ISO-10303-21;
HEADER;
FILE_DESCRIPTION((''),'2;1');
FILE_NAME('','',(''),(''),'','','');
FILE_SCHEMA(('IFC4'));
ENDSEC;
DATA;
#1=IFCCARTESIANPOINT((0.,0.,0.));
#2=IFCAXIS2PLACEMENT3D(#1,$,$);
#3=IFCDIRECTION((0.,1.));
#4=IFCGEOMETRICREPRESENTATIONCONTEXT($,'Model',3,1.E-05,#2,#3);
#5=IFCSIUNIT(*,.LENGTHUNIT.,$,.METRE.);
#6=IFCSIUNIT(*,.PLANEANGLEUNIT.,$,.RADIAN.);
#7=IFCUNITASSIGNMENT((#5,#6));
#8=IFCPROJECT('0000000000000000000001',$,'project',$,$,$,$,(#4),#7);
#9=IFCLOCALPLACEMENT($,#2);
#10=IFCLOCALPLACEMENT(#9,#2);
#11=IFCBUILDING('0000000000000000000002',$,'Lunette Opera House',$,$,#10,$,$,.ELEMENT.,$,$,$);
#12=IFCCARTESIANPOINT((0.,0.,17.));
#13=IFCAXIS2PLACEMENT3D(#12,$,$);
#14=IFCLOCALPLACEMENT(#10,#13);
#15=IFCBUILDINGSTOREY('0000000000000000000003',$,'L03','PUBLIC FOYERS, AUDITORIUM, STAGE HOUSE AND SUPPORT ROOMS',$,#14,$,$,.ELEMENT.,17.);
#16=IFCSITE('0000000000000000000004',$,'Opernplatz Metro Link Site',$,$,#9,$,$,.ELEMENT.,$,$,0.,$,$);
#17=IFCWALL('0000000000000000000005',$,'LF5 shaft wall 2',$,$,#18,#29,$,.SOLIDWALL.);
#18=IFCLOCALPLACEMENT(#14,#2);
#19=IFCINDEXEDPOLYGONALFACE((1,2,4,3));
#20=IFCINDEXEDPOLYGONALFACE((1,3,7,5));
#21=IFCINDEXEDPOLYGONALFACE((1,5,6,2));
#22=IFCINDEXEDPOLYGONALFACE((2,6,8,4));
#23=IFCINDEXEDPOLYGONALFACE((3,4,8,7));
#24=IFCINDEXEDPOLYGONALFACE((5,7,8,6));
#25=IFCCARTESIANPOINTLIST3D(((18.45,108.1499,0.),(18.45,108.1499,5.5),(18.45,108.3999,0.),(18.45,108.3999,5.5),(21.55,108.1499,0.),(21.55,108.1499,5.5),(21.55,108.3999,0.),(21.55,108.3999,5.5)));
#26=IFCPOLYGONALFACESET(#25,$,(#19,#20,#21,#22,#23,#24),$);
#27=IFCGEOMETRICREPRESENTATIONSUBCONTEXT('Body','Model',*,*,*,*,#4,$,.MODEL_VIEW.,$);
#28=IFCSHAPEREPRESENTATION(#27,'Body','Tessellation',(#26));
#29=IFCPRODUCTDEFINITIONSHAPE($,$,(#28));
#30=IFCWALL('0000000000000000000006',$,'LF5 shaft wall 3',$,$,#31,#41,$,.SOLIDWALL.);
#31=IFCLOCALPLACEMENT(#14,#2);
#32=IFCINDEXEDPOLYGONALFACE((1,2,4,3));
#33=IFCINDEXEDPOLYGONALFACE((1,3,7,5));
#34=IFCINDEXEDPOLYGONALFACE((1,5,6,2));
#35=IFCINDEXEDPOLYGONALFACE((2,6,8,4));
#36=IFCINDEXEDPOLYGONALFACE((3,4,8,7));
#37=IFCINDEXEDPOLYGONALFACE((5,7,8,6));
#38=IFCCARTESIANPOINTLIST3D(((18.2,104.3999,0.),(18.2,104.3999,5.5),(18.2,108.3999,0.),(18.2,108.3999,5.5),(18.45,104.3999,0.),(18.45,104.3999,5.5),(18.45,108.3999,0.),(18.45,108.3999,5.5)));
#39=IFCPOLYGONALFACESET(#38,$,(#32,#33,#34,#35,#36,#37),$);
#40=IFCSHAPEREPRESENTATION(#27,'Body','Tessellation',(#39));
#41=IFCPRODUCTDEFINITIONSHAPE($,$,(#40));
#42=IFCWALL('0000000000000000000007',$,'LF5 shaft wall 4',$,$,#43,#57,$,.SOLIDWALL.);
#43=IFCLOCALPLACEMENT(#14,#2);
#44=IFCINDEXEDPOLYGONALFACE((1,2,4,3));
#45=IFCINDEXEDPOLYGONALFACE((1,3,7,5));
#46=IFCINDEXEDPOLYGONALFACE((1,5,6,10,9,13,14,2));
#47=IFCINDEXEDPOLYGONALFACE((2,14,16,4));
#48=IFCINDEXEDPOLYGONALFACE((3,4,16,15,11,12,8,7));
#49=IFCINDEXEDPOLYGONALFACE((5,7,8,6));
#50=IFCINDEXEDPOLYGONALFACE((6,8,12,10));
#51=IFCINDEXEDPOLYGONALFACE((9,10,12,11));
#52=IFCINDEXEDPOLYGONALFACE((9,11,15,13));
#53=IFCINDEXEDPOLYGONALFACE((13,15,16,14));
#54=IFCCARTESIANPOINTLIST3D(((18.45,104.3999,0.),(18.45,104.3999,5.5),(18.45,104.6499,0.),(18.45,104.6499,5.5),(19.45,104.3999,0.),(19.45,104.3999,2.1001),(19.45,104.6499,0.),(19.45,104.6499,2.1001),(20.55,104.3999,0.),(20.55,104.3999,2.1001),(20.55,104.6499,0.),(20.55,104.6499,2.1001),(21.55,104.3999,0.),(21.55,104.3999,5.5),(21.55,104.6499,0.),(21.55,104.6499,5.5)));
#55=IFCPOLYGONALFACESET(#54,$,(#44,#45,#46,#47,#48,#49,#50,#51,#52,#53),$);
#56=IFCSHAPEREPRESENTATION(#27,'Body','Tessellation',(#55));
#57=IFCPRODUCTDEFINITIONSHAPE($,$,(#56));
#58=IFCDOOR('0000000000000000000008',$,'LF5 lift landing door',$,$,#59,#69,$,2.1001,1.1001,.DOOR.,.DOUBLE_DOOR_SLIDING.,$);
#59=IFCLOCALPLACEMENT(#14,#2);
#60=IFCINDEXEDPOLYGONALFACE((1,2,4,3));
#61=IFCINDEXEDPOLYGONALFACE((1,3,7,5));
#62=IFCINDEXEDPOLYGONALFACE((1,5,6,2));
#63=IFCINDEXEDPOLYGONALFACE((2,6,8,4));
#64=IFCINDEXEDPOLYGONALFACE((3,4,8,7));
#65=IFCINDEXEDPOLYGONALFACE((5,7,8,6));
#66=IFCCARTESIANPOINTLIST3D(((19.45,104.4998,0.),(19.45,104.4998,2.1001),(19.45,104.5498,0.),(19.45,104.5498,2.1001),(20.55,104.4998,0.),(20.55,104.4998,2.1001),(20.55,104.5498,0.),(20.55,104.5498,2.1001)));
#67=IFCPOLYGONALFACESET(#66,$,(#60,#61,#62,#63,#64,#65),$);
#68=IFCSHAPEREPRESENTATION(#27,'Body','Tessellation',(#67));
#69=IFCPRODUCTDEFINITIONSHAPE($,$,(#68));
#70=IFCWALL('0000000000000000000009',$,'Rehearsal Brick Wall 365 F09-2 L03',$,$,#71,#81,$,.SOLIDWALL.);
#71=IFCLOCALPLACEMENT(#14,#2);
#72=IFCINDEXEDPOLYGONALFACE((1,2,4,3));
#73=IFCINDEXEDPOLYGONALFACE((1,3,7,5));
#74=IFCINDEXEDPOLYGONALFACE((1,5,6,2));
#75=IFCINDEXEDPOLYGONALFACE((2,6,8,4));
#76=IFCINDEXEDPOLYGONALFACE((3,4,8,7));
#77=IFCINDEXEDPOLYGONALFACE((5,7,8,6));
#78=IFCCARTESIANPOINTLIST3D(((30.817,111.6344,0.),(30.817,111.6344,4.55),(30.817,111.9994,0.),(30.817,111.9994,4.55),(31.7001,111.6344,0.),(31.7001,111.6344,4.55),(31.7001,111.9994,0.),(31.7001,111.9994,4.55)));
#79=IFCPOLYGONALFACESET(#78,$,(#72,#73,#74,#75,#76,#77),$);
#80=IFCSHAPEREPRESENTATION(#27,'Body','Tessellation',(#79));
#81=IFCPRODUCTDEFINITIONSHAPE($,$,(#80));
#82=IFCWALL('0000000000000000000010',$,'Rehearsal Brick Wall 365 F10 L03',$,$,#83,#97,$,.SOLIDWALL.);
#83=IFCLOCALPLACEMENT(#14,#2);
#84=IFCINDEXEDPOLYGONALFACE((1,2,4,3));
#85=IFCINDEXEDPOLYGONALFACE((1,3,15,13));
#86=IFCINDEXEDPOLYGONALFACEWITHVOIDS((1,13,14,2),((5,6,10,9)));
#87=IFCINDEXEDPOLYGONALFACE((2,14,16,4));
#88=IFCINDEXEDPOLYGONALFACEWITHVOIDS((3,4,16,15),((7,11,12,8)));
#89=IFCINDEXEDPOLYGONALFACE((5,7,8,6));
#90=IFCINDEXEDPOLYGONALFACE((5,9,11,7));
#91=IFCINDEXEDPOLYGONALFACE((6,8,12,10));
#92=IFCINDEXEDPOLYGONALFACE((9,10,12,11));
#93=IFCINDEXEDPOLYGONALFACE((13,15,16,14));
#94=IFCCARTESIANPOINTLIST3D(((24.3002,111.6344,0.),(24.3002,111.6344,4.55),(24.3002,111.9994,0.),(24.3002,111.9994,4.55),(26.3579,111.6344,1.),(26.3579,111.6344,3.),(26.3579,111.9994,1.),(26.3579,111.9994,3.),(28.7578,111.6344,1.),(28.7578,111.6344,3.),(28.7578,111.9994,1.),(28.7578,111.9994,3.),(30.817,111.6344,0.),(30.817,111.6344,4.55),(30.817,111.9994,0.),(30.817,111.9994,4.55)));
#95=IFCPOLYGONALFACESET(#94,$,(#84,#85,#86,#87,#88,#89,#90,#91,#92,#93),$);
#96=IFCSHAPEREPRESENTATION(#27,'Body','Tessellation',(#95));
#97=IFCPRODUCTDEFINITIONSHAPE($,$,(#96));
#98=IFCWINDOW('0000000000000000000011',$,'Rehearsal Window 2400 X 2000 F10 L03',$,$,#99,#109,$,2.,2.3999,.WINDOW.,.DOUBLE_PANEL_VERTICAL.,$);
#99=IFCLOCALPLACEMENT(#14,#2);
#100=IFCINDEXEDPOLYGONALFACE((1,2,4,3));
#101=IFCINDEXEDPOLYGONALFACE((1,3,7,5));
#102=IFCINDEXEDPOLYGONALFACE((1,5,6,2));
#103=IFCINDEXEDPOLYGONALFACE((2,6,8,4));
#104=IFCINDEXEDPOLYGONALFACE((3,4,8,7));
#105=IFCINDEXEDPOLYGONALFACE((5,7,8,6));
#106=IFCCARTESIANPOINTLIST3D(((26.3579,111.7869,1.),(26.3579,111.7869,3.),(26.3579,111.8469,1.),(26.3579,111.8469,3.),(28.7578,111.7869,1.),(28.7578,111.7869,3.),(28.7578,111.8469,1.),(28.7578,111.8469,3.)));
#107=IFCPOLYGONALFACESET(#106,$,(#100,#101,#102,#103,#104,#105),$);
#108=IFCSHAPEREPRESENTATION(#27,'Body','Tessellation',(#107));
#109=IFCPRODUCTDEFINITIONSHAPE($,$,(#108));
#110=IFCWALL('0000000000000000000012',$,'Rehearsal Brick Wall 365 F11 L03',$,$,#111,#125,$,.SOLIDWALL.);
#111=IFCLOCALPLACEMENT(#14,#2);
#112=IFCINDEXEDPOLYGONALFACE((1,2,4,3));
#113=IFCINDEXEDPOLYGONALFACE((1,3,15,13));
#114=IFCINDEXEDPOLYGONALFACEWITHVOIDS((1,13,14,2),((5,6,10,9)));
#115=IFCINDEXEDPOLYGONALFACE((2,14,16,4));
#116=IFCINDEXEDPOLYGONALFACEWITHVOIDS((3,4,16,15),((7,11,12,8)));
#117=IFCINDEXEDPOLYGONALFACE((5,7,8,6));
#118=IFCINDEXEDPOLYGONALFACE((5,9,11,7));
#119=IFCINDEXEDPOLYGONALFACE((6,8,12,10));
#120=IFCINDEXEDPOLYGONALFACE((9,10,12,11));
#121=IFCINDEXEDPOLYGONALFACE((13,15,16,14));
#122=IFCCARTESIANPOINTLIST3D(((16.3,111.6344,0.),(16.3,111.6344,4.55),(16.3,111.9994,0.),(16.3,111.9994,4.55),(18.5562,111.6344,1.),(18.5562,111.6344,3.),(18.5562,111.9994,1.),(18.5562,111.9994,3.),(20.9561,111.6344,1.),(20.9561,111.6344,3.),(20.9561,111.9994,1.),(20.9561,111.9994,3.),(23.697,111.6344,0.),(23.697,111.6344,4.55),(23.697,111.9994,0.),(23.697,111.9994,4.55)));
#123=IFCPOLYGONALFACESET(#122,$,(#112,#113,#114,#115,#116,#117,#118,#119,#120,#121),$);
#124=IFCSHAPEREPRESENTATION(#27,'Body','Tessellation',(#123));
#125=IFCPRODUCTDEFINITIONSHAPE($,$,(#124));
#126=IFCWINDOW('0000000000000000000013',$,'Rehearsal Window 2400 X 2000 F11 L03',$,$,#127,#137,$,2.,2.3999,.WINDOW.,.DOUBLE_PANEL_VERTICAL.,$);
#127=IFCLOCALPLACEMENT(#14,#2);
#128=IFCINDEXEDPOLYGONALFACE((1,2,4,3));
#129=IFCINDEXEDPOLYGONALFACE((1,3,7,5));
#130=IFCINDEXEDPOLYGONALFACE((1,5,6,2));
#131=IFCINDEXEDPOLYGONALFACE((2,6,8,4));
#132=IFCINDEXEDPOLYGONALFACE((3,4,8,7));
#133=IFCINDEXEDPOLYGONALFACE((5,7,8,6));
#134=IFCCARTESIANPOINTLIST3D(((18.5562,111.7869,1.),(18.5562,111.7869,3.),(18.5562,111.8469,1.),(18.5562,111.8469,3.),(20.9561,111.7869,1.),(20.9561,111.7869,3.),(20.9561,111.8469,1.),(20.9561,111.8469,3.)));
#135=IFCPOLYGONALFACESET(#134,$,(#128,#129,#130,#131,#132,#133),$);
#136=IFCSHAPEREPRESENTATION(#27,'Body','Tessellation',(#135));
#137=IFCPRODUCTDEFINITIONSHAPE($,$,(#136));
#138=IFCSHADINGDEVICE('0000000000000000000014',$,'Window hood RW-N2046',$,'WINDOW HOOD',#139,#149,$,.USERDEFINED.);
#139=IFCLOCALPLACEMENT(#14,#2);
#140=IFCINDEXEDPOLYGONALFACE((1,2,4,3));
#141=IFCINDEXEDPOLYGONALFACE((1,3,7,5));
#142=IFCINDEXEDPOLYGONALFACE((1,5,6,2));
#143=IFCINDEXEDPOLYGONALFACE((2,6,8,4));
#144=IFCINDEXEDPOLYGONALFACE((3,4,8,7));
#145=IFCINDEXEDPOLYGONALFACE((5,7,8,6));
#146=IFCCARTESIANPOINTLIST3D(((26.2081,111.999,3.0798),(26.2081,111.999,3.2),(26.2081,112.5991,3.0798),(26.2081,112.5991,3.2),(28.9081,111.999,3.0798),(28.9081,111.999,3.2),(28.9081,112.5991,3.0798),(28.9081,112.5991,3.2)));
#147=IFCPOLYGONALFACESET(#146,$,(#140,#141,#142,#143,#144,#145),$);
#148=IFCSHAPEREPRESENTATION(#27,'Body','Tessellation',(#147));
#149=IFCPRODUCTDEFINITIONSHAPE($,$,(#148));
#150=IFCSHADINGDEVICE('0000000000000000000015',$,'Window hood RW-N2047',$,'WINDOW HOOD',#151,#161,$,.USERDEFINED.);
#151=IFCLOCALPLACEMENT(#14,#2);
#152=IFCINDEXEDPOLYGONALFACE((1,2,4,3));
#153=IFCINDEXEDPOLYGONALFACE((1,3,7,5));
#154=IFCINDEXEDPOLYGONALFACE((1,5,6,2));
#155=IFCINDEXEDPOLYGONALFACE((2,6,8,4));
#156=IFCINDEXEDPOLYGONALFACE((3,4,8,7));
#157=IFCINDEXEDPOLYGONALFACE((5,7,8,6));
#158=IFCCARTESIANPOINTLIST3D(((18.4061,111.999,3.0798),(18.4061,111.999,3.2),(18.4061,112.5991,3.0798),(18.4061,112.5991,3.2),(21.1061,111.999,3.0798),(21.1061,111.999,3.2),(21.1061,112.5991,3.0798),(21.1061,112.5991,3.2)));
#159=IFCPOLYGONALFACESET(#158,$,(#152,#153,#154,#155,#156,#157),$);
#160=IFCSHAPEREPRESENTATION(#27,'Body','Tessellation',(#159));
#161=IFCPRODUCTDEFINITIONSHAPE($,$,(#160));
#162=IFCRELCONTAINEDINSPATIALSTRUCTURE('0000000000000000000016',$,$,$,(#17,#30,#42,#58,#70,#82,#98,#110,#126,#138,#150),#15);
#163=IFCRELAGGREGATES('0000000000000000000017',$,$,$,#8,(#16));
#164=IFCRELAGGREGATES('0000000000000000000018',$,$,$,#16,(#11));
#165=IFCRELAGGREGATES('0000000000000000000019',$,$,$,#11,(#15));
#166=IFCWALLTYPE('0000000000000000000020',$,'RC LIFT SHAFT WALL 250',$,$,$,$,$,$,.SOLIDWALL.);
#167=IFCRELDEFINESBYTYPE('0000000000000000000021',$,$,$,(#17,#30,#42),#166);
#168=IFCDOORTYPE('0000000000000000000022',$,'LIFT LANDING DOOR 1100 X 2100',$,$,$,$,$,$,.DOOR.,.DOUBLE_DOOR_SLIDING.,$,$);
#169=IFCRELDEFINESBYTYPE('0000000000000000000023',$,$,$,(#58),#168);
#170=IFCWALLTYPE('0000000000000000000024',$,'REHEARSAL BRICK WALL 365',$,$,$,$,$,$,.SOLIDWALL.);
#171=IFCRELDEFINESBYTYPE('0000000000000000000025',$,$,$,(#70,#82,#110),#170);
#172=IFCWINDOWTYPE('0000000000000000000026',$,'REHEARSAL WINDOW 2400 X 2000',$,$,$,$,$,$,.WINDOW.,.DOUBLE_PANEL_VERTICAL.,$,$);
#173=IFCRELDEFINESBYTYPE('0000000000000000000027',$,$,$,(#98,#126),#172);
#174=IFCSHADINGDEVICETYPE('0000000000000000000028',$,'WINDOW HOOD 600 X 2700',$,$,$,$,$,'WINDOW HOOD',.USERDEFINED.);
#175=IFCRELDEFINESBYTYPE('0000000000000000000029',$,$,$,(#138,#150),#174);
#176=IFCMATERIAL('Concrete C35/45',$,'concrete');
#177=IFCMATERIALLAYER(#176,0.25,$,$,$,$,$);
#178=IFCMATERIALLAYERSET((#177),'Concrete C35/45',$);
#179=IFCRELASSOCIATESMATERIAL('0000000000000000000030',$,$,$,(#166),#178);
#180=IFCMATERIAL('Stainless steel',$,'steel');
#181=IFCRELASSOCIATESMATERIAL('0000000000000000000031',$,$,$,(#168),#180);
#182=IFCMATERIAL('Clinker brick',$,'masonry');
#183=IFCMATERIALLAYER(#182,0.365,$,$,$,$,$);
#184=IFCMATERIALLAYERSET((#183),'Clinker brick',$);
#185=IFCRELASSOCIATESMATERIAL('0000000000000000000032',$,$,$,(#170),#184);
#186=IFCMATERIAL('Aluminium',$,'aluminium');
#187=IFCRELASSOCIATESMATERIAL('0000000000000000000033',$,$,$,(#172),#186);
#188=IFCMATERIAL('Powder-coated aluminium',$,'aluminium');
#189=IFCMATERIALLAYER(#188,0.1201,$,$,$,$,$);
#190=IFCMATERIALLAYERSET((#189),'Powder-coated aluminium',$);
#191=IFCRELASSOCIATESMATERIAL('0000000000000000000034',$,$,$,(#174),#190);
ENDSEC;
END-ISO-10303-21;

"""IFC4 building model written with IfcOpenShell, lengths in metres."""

from ifc_helpers import new_model, si_unit, direction, frame, frame_2d, origin, origin_2d, place, context, subcontext, project, spatial, rectangle, extrude, material, layer, layer_set, type_object, element, fill, save


model = new_model("IFC4")

# Units and contexts
model_context = context("Model", 3, precision=1e-05, world=origin(), true_north=direction((0.0, 1.0)))
body_context = subcontext(model_context, "Body", "Model", "MODEL_VIEW")
ifc_project = project(units=[si_unit("LENGTHUNIT", "METRE"), si_unit("PLANEANGLEUNIT", "RADIAN")], contexts=[model_context])

# Site, building, storey
site_placement = place(None, origin())
site = spatial("IfcSite", under=ifc_project, at=site_placement, Name="Opernplatz Metro Link Site", CompositionType="ELEMENT", RefElevation=0.0)
building_placement = place(site_placement, origin())
building = spatial("IfcBuilding", under=site, at=building_placement, Name="Lunette Opera House", CompositionType="ELEMENT")
storey_placement = place(building_placement, frame((0.0, 0.0, 17.0)))
storey = spatial("IfcBuildingStorey", under=building, at=storey_placement, Name="L03", Description="PUBLIC FOYERS, AUDITORIUM, STAGE HOUSE AND SUPPORT ROOMS", CompositionType="ELEMENT", Elevation=17.0)

# Walls
ifc_material_1 = material(Name="Concrete C35/45", Category="concrete")
ifc_layer_1 = layer(ifc_material_1, 0.25)
ifc_layer_set_1 = layer_set([ifc_layer_1], Name="Concrete C35/45")
wall_type_1 = type_object("IfcWallType", Name="RC LIFT SHAFT WALL 250", PredefinedType="SOLIDWALL", material=ifc_layer_set_1)
wall_1_placement = place(storey_placement, frame((21.55, 108.2749, 0.0), z_axis=(0.0, 0.0, 1.0), x_axis=(-1.0, 0.0, 0.0)))
element("IfcWall", 1, at=wall_1_placement, inside=storey, type_object=wall_type_1, Name="LF5 shaft wall 2", PredefinedType="SOLIDWALL", context=body_context, shape_type="SweptSolid", body=[
    extrude(rectangle(XDim=3.1001, YDim=0.25, at=frame_2d((1.55, 0.0))), origin(), (0.0, 0.0, 1.0), 5.5),
])
wall_2_placement = place(storey_placement, frame((18.325, 108.3999, 0.0), z_axis=(0.0, 0.0, 1.0), x_axis=(0.0, -1.0, 0.0)))
element("IfcWall", 2, at=wall_2_placement, inside=storey, type_object=wall_type_1, Name="LF5 shaft wall 3", PredefinedType="SOLIDWALL", context=body_context, shape_type="SweptSolid", body=[
    extrude(rectangle(XDim=4.0, YDim=0.25, at=frame_2d((2.0, 0.0))), origin(), (0.0, 0.0, 1.0), 5.5),
])

# Wall, opening, door
wall_3_placement = place(storey_placement, frame((18.45, 104.5249, 0.0), z_axis=(0.0, 0.0, 1.0), x_axis=(1.0, 0.0, 0.0)))
wall_3 = element("IfcWall", 3, at=wall_3_placement, inside=storey, type_object=wall_type_1, Name="LF5 shaft wall 4", PredefinedType="SOLIDWALL", context=body_context, shape_type="SweptSolid", body=[
    extrude(rectangle(XDim=3.1001, YDim=0.25, at=frame_2d((1.55, 0.0))), origin(), (0.0, 0.0, 1.0), 5.5),
])
opening_1_placement = place(wall_3_placement, frame((1.0, 0.0, 0.0)))
opening_1 = element("IfcOpeningElement", 4, at=opening_1_placement, cuts=wall_3, PredefinedType="OPENING", context=body_context, shape_type="SweptSolid", body=[
    extrude(rectangle(XDim=1.1001, YDim=2.1001, at=frame_2d((0.55, 1.05))), frame((0.0, 0.137, 0.0), z_axis=(0.0, -1.0, 0.0), x_axis=(1.0, 0.0, 0.0)), (0.0, 0.0, 1.0), 0.2739),
])
ifc_material_2 = material(Name="Stainless steel", Category="steel")
door_type = type_object("IfcDoorType", Name="LIFT LANDING DOOR 1100 X 2100", OperationType="DOUBLE_DOOR_SLIDING", PredefinedType="DOOR", material=ifc_material_2)
door_placement = place(opening_1_placement, origin())
door = element("IfcDoor", 5, at=door_placement, inside=storey, type_object=door_type, Name="LF5 lift landing door", OperationType="DOUBLE_DOOR_SLIDING", OverallHeight=2.1001, OverallWidth=1.1001, PredefinedType="DOOR", context=body_context, shape_type="SweptSolid", body=[
    extrude(rectangle(XDim=1.1001, YDim=2.1001, at=frame_2d((0.55, 1.05))), frame((0.0, 0.0249, 0.0), z_axis=(0.0, -1.0, 0.0), x_axis=(1.0, 0.0, 0.0)), (0.0, 0.0, 1.0), 0.05),
])
fill(opening_1, door)

# Wall
ifc_material_3 = material(Name="Clinker brick", Category="masonry")
ifc_layer_2 = layer(ifc_material_3, 0.365)
ifc_layer_set_2 = layer_set([ifc_layer_2], Name="Clinker brick")
wall_type_2 = type_object("IfcWallType", Name="REHEARSAL BRICK WALL 365", PredefinedType="SOLIDWALL", material=ifc_layer_set_2)
wall_4_placement = place(storey_placement, frame((31.7, 111.8169, 0.0), z_axis=(0.0, 0.0, 1.0), x_axis=(-1.0, 0.0, 0.0)))
element("IfcWall", 6, at=wall_4_placement, inside=storey, type_object=wall_type_2, Name="Rehearsal Brick Wall 365 F09-2 L03", PredefinedType="SOLIDWALL", context=body_context, shape_type="SweptSolid", body=[
    extrude(rectangle(XDim=0.8831, YDim=0.365, at=frame_2d((0.4414, 0.0))), origin(), (0.0, 0.0, 1.0), 4.55),
])

# Walls, openings, windows
wall_5_placement = place(storey_placement, frame((30.8169, 111.8169, 0.0), z_axis=(0.0, 0.0, 1.0), x_axis=(-1.0, 0.0, 0.0)))
wall_5 = element("IfcWall", 7, at=wall_5_placement, inside=storey, type_object=wall_type_2, Name="Rehearsal Brick Wall 365 F10 L03", PredefinedType="SOLIDWALL", context=body_context, shape_type="SweptSolid", body=[
    extrude(rectangle(XDim=6.5168, YDim=0.365, at=frame_2d((3.2583, 0.0))), origin(), (0.0, 0.0, 1.0), 4.55),
])
opening_2_placement = place(wall_5_placement, frame((2.0591, 0.0, 1.0)))
opening_2 = element("IfcOpeningElement", 8, at=opening_2_placement, cuts=wall_5, PredefinedType="OPENING", context=body_context, shape_type="SweptSolid", body=[
    extrude(rectangle(XDim=2.3999, YDim=2.0, at=frame_2d((1.2, 1.0))), frame((0.0, 0.1946, 0.0), z_axis=(0.0, -1.0, 0.0), x_axis=(1.0, 0.0, 0.0)), (0.0, 0.0, 1.0), 0.3889),
])
ifc_material_4 = material(Name="Aluminium", Category="aluminium")
window_type = type_object("IfcWindowType", Name="REHEARSAL WINDOW 2400 X 2000", PartitioningType="DOUBLE_PANEL_VERTICAL", PredefinedType="WINDOW", material=ifc_material_4)
window_1_placement = place(opening_2_placement, origin())
window_1 = element("IfcWindow", 9, at=window_1_placement, inside=storey, type_object=window_type, Name="Rehearsal Window 2400 X 2000 F10 L03", OverallHeight=2.0, OverallWidth=2.3999, PartitioningType="DOUBLE_PANEL_VERTICAL", PredefinedType="WINDOW", context=body_context, shape_type="SweptSolid", body=[
    extrude(rectangle(XDim=2.3999, YDim=2.0, at=frame_2d((1.2, 1.0))), frame((0.0, 0.03, 0.0), z_axis=(0.0, -1.0, 0.0), x_axis=(1.0, 0.0, 0.0)), (0.0, 0.0, 1.0), 0.0601),
])
fill(opening_2, window_1)
wall_6_placement = place(storey_placement, frame((23.697, 111.8169, 0.0), z_axis=(0.0, 0.0, 1.0), x_axis=(-1.0, 0.0, 0.0)))
wall_6 = element("IfcWall", 10, at=wall_6_placement, inside=storey, type_object=wall_type_2, Name="Rehearsal Brick Wall 365 F11 L03", PredefinedType="SOLIDWALL", context=body_context, shape_type="SweptSolid", body=[
    extrude(rectangle(XDim=7.397, YDim=0.365, at=frame_2d((3.6985, 0.0))), origin(), (0.0, 0.0, 1.0), 4.55),
])
opening_3_placement = place(wall_6_placement, frame((2.741, 0.0, 1.0)))
opening_3 = element("IfcOpeningElement", 11, at=opening_3_placement, cuts=wall_6, PredefinedType="OPENING", context=body_context, shape_type="SweptSolid", body=[
    extrude(rectangle(XDim=2.3999, YDim=2.0, at=frame_2d((1.2, 1.0))), frame((0.0, 0.1946, 0.0), z_axis=(0.0, -1.0, 0.0), x_axis=(1.0, 0.0, 0.0)), (0.0, 0.0, 1.0), 0.3889),
])
window_2_placement = place(opening_3_placement, origin())
window_2 = element("IfcWindow", 12, at=window_2_placement, inside=storey, type_object=window_type, Name="Rehearsal Window 2400 X 2000 F11 L03", OverallHeight=2.0, OverallWidth=2.3999, PartitioningType="DOUBLE_PANEL_VERTICAL", PredefinedType="WINDOW", context=body_context, shape_type="SweptSolid", body=[
    extrude(rectangle(XDim=2.3999, YDim=2.0, at=frame_2d((1.2, 1.0))), frame((0.0, 0.03, 0.0), z_axis=(0.0, -1.0, 0.0), x_axis=(1.0, 0.0, 0.0)), (0.0, 0.0, 1.0), 0.0601),
])
fill(opening_3, window_2)

# Shading devices
ifc_material_5 = material(Name="Powder-coated aluminium", Category="aluminium")
ifc_layer_3 = layer(ifc_material_5, 0.1201)
ifc_layer_set_3 = layer_set([ifc_layer_3], Name="Powder-coated aluminium")
shading_device_type = type_object("IfcShadingDeviceType", Name="WINDOW HOOD 600 X 2700", ElementType="WINDOW HOOD", PredefinedType="USERDEFINED", material=ifc_layer_set_3)
for number, where, z_axis, x_axis, name in (
    (13, (27.5581, 112.2991, 3.0798), (0.0, 0.0, 1.0), (0.0, 1.0, 0.0), "Window hood RW-N2046"),
    (14, (19.7561, 112.2991, 3.0798), (0.0, 0.0, 1.0), (0.0, 1.0, 0.0), "Window hood RW-N2047"),
):
    element("IfcShadingDevice", number, at=place(storey_placement, frame(where, z_axis=z_axis, x_axis=x_axis)), inside=storey, type_object=shading_device_type, Name=name, ObjectType="WINDOW HOOD", PredefinedType="USERDEFINED", context=body_context, shape_type="SweptSolid", body=[
        extrude(rectangle(XDim=0.6001, YDim=2.7, at=origin_2d()), origin(), (0.0, 0.0, 1.0), 0.1201),
    ])

save(model, "model.ifc")
